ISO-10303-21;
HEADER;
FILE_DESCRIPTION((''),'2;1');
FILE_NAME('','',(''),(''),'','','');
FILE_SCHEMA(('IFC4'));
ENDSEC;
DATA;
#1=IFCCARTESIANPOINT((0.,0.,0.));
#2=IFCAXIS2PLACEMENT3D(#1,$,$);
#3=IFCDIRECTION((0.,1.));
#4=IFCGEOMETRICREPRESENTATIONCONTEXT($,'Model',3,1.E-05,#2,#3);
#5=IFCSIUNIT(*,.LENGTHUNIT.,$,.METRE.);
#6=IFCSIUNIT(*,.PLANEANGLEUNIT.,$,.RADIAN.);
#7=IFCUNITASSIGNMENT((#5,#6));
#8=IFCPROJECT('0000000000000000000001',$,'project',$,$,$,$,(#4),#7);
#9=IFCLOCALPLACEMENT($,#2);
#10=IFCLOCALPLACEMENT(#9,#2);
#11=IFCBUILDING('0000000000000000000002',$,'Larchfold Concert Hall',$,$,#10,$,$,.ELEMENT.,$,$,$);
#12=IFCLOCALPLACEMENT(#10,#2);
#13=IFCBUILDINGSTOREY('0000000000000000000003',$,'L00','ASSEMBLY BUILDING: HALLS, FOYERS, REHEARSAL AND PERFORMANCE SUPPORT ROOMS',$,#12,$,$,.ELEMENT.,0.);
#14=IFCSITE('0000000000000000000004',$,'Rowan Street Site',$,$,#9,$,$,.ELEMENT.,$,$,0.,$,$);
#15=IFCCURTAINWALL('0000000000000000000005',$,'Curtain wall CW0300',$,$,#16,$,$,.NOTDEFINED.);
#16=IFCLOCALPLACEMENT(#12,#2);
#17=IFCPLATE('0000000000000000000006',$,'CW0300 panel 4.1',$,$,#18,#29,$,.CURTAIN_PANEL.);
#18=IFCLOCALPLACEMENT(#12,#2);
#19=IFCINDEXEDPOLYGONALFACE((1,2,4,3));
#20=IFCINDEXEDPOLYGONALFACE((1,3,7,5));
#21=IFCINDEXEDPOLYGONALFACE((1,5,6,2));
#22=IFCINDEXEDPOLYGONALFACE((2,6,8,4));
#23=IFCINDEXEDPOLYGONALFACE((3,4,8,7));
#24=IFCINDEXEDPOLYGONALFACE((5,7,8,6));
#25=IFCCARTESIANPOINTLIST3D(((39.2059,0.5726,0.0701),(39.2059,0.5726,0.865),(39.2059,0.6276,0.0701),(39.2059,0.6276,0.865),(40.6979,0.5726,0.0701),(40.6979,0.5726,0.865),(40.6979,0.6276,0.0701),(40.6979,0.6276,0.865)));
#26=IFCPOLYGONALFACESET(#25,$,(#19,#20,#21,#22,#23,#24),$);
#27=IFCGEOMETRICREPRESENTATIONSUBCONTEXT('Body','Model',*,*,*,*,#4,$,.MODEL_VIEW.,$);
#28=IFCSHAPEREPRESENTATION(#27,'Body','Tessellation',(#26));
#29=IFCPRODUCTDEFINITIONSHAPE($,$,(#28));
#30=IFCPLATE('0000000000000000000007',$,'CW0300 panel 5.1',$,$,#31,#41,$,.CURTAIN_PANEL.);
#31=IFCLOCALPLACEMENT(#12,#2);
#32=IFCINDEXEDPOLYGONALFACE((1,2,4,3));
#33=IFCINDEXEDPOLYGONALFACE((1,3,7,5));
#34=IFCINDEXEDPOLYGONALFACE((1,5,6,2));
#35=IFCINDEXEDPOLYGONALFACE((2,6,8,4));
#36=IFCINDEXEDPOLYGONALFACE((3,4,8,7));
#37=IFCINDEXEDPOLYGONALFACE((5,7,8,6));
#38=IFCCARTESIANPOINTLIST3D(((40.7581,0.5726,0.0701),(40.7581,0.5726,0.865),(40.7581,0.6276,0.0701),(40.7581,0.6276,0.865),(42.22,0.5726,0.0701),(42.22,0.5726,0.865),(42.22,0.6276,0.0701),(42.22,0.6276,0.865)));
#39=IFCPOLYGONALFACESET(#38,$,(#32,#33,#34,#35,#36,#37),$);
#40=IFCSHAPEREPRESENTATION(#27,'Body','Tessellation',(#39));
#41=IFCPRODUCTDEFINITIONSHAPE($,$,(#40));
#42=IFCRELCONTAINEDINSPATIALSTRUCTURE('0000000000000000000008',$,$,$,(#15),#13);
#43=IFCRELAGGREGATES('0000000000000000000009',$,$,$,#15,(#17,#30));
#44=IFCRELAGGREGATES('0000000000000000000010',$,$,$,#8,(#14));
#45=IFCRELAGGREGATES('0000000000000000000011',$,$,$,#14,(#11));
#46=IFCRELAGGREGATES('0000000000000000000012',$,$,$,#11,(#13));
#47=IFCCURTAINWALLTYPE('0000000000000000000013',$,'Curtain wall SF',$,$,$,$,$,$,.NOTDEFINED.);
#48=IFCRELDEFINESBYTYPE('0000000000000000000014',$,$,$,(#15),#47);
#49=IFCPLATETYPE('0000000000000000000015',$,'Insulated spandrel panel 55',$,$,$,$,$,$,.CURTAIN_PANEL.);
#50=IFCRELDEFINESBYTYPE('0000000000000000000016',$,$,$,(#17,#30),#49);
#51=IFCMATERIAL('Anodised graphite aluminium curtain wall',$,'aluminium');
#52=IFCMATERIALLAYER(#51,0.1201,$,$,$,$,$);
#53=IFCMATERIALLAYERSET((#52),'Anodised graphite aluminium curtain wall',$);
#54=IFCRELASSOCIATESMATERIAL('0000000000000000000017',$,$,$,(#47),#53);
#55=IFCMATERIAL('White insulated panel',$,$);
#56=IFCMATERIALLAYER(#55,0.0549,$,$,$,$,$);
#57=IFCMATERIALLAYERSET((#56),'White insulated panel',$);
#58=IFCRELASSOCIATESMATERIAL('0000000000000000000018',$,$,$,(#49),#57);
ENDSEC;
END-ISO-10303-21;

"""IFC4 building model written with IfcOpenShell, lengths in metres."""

from ifc_helpers import new_model, si_unit, direction, frame, origin, origin_2d, place, context, subcontext, project, spatial, rectangle, extrude, material, layer, layer_set, type_object, element, aggregate, save


model = new_model("IFC4")

# Units and contexts
model_context = context("Model", 3, precision=1e-05, world=origin(), true_north=direction((0.0, 1.0)))
body_context = subcontext(model_context, "Body", "Model", "MODEL_VIEW")
ifc_project = project(units=[si_unit("LENGTHUNIT", "METRE"), si_unit("PLANEANGLEUNIT", "RADIAN")], contexts=[model_context])

# Site, building, storey
site_placement = place(None, origin())
site = spatial("IfcSite", under=ifc_project, at=site_placement, Name="Rowan Street Site", CompositionType="ELEMENT", RefElevation=0.0)
building_placement = place(site_placement, origin())
building = spatial("IfcBuilding", under=site, at=building_placement, Name="Larchfold Concert Hall", CompositionType="ELEMENT")
storey_placement = place(building_placement, origin())
storey = spatial("IfcBuildingStorey", under=building, at=storey_placement, Name="L00", Description="ASSEMBLY BUILDING: HALLS, FOYERS, REHEARSAL AND PERFORMANCE SUPPORT ROOMS", CompositionType="ELEMENT", Elevation=0.0)

# Curtain wall
ifc_material_1 = material(Name="Anodised graphite aluminium curtain wall", Category="aluminium")
ifc_layer_1 = layer(ifc_material_1, 0.1201)
ifc_layer_set_1 = layer_set([ifc_layer_1], Name="Anodised graphite aluminium curtain wall")
curtain_wall_type = type_object("IfcCurtainWallType", Name="Curtain wall SF", PredefinedType="NOTDEFINED", material=ifc_layer_set_1)
curtain_wall_1_placement = place(storey_placement, origin())
curtain_wall_1 = element("IfcCurtainWall", 1, at=curtain_wall_1_placement, inside=storey, type_object=curtain_wall_type, Name="Curtain wall CW0300", PredefinedType="NOTDEFINED")

# Plates
ifc_material_2 = material(Name="White insulated panel")
ifc_layer_2 = layer(ifc_material_2, 0.0549)
ifc_layer_set_2 = layer_set([ifc_layer_2], Name="White insulated panel")
plate_type_1 = type_object("IfcPlateType", Name="Insulated spandrel panel 55", PredefinedType="CURTAIN_PANEL", material=ifc_layer_set_2)
plate_1_placement = place(storey_placement, frame((39.9519, 0.6001, 0.0701), z_axis=(0.0, 0.0, 1.0), x_axis=(1.0, 0.0, 0.0)))
plate_1 = element("IfcPlate", 2, at=plate_1_placement, type_object=plate_type_1, Name="CW0300 panel 4.1", PredefinedType="CURTAIN_PANEL", context=body_context, shape_type="SweptSolid", body=[
    extrude(rectangle(XDim=1.4919, YDim=0.0549, at=origin_2d()), origin(), (0.0, 0.0, 1.0), 0.7949),
])
plate_2_placement = place(storey_placement, frame((41.489, 0.6001, 0.0701), z_axis=(0.0, 0.0, 1.0), x_axis=(1.0, 0.0, 0.0)))
plate_2 = element("IfcPlate", 3, at=plate_2_placement, type_object=plate_type_1, Name="CW0300 panel 5.1", PredefinedType="CURTAIN_PANEL", context=body_context, shape_type="SweptSolid", body=[
    extrude(rectangle(XDim=1.4619, YDim=0.0549, at=origin_2d()), origin(), (0.0, 0.0, 1.0), 0.7949),
])
aggregate(curtain_wall_1, [plate_1, plate_2])

save(model, "model.ifc")
